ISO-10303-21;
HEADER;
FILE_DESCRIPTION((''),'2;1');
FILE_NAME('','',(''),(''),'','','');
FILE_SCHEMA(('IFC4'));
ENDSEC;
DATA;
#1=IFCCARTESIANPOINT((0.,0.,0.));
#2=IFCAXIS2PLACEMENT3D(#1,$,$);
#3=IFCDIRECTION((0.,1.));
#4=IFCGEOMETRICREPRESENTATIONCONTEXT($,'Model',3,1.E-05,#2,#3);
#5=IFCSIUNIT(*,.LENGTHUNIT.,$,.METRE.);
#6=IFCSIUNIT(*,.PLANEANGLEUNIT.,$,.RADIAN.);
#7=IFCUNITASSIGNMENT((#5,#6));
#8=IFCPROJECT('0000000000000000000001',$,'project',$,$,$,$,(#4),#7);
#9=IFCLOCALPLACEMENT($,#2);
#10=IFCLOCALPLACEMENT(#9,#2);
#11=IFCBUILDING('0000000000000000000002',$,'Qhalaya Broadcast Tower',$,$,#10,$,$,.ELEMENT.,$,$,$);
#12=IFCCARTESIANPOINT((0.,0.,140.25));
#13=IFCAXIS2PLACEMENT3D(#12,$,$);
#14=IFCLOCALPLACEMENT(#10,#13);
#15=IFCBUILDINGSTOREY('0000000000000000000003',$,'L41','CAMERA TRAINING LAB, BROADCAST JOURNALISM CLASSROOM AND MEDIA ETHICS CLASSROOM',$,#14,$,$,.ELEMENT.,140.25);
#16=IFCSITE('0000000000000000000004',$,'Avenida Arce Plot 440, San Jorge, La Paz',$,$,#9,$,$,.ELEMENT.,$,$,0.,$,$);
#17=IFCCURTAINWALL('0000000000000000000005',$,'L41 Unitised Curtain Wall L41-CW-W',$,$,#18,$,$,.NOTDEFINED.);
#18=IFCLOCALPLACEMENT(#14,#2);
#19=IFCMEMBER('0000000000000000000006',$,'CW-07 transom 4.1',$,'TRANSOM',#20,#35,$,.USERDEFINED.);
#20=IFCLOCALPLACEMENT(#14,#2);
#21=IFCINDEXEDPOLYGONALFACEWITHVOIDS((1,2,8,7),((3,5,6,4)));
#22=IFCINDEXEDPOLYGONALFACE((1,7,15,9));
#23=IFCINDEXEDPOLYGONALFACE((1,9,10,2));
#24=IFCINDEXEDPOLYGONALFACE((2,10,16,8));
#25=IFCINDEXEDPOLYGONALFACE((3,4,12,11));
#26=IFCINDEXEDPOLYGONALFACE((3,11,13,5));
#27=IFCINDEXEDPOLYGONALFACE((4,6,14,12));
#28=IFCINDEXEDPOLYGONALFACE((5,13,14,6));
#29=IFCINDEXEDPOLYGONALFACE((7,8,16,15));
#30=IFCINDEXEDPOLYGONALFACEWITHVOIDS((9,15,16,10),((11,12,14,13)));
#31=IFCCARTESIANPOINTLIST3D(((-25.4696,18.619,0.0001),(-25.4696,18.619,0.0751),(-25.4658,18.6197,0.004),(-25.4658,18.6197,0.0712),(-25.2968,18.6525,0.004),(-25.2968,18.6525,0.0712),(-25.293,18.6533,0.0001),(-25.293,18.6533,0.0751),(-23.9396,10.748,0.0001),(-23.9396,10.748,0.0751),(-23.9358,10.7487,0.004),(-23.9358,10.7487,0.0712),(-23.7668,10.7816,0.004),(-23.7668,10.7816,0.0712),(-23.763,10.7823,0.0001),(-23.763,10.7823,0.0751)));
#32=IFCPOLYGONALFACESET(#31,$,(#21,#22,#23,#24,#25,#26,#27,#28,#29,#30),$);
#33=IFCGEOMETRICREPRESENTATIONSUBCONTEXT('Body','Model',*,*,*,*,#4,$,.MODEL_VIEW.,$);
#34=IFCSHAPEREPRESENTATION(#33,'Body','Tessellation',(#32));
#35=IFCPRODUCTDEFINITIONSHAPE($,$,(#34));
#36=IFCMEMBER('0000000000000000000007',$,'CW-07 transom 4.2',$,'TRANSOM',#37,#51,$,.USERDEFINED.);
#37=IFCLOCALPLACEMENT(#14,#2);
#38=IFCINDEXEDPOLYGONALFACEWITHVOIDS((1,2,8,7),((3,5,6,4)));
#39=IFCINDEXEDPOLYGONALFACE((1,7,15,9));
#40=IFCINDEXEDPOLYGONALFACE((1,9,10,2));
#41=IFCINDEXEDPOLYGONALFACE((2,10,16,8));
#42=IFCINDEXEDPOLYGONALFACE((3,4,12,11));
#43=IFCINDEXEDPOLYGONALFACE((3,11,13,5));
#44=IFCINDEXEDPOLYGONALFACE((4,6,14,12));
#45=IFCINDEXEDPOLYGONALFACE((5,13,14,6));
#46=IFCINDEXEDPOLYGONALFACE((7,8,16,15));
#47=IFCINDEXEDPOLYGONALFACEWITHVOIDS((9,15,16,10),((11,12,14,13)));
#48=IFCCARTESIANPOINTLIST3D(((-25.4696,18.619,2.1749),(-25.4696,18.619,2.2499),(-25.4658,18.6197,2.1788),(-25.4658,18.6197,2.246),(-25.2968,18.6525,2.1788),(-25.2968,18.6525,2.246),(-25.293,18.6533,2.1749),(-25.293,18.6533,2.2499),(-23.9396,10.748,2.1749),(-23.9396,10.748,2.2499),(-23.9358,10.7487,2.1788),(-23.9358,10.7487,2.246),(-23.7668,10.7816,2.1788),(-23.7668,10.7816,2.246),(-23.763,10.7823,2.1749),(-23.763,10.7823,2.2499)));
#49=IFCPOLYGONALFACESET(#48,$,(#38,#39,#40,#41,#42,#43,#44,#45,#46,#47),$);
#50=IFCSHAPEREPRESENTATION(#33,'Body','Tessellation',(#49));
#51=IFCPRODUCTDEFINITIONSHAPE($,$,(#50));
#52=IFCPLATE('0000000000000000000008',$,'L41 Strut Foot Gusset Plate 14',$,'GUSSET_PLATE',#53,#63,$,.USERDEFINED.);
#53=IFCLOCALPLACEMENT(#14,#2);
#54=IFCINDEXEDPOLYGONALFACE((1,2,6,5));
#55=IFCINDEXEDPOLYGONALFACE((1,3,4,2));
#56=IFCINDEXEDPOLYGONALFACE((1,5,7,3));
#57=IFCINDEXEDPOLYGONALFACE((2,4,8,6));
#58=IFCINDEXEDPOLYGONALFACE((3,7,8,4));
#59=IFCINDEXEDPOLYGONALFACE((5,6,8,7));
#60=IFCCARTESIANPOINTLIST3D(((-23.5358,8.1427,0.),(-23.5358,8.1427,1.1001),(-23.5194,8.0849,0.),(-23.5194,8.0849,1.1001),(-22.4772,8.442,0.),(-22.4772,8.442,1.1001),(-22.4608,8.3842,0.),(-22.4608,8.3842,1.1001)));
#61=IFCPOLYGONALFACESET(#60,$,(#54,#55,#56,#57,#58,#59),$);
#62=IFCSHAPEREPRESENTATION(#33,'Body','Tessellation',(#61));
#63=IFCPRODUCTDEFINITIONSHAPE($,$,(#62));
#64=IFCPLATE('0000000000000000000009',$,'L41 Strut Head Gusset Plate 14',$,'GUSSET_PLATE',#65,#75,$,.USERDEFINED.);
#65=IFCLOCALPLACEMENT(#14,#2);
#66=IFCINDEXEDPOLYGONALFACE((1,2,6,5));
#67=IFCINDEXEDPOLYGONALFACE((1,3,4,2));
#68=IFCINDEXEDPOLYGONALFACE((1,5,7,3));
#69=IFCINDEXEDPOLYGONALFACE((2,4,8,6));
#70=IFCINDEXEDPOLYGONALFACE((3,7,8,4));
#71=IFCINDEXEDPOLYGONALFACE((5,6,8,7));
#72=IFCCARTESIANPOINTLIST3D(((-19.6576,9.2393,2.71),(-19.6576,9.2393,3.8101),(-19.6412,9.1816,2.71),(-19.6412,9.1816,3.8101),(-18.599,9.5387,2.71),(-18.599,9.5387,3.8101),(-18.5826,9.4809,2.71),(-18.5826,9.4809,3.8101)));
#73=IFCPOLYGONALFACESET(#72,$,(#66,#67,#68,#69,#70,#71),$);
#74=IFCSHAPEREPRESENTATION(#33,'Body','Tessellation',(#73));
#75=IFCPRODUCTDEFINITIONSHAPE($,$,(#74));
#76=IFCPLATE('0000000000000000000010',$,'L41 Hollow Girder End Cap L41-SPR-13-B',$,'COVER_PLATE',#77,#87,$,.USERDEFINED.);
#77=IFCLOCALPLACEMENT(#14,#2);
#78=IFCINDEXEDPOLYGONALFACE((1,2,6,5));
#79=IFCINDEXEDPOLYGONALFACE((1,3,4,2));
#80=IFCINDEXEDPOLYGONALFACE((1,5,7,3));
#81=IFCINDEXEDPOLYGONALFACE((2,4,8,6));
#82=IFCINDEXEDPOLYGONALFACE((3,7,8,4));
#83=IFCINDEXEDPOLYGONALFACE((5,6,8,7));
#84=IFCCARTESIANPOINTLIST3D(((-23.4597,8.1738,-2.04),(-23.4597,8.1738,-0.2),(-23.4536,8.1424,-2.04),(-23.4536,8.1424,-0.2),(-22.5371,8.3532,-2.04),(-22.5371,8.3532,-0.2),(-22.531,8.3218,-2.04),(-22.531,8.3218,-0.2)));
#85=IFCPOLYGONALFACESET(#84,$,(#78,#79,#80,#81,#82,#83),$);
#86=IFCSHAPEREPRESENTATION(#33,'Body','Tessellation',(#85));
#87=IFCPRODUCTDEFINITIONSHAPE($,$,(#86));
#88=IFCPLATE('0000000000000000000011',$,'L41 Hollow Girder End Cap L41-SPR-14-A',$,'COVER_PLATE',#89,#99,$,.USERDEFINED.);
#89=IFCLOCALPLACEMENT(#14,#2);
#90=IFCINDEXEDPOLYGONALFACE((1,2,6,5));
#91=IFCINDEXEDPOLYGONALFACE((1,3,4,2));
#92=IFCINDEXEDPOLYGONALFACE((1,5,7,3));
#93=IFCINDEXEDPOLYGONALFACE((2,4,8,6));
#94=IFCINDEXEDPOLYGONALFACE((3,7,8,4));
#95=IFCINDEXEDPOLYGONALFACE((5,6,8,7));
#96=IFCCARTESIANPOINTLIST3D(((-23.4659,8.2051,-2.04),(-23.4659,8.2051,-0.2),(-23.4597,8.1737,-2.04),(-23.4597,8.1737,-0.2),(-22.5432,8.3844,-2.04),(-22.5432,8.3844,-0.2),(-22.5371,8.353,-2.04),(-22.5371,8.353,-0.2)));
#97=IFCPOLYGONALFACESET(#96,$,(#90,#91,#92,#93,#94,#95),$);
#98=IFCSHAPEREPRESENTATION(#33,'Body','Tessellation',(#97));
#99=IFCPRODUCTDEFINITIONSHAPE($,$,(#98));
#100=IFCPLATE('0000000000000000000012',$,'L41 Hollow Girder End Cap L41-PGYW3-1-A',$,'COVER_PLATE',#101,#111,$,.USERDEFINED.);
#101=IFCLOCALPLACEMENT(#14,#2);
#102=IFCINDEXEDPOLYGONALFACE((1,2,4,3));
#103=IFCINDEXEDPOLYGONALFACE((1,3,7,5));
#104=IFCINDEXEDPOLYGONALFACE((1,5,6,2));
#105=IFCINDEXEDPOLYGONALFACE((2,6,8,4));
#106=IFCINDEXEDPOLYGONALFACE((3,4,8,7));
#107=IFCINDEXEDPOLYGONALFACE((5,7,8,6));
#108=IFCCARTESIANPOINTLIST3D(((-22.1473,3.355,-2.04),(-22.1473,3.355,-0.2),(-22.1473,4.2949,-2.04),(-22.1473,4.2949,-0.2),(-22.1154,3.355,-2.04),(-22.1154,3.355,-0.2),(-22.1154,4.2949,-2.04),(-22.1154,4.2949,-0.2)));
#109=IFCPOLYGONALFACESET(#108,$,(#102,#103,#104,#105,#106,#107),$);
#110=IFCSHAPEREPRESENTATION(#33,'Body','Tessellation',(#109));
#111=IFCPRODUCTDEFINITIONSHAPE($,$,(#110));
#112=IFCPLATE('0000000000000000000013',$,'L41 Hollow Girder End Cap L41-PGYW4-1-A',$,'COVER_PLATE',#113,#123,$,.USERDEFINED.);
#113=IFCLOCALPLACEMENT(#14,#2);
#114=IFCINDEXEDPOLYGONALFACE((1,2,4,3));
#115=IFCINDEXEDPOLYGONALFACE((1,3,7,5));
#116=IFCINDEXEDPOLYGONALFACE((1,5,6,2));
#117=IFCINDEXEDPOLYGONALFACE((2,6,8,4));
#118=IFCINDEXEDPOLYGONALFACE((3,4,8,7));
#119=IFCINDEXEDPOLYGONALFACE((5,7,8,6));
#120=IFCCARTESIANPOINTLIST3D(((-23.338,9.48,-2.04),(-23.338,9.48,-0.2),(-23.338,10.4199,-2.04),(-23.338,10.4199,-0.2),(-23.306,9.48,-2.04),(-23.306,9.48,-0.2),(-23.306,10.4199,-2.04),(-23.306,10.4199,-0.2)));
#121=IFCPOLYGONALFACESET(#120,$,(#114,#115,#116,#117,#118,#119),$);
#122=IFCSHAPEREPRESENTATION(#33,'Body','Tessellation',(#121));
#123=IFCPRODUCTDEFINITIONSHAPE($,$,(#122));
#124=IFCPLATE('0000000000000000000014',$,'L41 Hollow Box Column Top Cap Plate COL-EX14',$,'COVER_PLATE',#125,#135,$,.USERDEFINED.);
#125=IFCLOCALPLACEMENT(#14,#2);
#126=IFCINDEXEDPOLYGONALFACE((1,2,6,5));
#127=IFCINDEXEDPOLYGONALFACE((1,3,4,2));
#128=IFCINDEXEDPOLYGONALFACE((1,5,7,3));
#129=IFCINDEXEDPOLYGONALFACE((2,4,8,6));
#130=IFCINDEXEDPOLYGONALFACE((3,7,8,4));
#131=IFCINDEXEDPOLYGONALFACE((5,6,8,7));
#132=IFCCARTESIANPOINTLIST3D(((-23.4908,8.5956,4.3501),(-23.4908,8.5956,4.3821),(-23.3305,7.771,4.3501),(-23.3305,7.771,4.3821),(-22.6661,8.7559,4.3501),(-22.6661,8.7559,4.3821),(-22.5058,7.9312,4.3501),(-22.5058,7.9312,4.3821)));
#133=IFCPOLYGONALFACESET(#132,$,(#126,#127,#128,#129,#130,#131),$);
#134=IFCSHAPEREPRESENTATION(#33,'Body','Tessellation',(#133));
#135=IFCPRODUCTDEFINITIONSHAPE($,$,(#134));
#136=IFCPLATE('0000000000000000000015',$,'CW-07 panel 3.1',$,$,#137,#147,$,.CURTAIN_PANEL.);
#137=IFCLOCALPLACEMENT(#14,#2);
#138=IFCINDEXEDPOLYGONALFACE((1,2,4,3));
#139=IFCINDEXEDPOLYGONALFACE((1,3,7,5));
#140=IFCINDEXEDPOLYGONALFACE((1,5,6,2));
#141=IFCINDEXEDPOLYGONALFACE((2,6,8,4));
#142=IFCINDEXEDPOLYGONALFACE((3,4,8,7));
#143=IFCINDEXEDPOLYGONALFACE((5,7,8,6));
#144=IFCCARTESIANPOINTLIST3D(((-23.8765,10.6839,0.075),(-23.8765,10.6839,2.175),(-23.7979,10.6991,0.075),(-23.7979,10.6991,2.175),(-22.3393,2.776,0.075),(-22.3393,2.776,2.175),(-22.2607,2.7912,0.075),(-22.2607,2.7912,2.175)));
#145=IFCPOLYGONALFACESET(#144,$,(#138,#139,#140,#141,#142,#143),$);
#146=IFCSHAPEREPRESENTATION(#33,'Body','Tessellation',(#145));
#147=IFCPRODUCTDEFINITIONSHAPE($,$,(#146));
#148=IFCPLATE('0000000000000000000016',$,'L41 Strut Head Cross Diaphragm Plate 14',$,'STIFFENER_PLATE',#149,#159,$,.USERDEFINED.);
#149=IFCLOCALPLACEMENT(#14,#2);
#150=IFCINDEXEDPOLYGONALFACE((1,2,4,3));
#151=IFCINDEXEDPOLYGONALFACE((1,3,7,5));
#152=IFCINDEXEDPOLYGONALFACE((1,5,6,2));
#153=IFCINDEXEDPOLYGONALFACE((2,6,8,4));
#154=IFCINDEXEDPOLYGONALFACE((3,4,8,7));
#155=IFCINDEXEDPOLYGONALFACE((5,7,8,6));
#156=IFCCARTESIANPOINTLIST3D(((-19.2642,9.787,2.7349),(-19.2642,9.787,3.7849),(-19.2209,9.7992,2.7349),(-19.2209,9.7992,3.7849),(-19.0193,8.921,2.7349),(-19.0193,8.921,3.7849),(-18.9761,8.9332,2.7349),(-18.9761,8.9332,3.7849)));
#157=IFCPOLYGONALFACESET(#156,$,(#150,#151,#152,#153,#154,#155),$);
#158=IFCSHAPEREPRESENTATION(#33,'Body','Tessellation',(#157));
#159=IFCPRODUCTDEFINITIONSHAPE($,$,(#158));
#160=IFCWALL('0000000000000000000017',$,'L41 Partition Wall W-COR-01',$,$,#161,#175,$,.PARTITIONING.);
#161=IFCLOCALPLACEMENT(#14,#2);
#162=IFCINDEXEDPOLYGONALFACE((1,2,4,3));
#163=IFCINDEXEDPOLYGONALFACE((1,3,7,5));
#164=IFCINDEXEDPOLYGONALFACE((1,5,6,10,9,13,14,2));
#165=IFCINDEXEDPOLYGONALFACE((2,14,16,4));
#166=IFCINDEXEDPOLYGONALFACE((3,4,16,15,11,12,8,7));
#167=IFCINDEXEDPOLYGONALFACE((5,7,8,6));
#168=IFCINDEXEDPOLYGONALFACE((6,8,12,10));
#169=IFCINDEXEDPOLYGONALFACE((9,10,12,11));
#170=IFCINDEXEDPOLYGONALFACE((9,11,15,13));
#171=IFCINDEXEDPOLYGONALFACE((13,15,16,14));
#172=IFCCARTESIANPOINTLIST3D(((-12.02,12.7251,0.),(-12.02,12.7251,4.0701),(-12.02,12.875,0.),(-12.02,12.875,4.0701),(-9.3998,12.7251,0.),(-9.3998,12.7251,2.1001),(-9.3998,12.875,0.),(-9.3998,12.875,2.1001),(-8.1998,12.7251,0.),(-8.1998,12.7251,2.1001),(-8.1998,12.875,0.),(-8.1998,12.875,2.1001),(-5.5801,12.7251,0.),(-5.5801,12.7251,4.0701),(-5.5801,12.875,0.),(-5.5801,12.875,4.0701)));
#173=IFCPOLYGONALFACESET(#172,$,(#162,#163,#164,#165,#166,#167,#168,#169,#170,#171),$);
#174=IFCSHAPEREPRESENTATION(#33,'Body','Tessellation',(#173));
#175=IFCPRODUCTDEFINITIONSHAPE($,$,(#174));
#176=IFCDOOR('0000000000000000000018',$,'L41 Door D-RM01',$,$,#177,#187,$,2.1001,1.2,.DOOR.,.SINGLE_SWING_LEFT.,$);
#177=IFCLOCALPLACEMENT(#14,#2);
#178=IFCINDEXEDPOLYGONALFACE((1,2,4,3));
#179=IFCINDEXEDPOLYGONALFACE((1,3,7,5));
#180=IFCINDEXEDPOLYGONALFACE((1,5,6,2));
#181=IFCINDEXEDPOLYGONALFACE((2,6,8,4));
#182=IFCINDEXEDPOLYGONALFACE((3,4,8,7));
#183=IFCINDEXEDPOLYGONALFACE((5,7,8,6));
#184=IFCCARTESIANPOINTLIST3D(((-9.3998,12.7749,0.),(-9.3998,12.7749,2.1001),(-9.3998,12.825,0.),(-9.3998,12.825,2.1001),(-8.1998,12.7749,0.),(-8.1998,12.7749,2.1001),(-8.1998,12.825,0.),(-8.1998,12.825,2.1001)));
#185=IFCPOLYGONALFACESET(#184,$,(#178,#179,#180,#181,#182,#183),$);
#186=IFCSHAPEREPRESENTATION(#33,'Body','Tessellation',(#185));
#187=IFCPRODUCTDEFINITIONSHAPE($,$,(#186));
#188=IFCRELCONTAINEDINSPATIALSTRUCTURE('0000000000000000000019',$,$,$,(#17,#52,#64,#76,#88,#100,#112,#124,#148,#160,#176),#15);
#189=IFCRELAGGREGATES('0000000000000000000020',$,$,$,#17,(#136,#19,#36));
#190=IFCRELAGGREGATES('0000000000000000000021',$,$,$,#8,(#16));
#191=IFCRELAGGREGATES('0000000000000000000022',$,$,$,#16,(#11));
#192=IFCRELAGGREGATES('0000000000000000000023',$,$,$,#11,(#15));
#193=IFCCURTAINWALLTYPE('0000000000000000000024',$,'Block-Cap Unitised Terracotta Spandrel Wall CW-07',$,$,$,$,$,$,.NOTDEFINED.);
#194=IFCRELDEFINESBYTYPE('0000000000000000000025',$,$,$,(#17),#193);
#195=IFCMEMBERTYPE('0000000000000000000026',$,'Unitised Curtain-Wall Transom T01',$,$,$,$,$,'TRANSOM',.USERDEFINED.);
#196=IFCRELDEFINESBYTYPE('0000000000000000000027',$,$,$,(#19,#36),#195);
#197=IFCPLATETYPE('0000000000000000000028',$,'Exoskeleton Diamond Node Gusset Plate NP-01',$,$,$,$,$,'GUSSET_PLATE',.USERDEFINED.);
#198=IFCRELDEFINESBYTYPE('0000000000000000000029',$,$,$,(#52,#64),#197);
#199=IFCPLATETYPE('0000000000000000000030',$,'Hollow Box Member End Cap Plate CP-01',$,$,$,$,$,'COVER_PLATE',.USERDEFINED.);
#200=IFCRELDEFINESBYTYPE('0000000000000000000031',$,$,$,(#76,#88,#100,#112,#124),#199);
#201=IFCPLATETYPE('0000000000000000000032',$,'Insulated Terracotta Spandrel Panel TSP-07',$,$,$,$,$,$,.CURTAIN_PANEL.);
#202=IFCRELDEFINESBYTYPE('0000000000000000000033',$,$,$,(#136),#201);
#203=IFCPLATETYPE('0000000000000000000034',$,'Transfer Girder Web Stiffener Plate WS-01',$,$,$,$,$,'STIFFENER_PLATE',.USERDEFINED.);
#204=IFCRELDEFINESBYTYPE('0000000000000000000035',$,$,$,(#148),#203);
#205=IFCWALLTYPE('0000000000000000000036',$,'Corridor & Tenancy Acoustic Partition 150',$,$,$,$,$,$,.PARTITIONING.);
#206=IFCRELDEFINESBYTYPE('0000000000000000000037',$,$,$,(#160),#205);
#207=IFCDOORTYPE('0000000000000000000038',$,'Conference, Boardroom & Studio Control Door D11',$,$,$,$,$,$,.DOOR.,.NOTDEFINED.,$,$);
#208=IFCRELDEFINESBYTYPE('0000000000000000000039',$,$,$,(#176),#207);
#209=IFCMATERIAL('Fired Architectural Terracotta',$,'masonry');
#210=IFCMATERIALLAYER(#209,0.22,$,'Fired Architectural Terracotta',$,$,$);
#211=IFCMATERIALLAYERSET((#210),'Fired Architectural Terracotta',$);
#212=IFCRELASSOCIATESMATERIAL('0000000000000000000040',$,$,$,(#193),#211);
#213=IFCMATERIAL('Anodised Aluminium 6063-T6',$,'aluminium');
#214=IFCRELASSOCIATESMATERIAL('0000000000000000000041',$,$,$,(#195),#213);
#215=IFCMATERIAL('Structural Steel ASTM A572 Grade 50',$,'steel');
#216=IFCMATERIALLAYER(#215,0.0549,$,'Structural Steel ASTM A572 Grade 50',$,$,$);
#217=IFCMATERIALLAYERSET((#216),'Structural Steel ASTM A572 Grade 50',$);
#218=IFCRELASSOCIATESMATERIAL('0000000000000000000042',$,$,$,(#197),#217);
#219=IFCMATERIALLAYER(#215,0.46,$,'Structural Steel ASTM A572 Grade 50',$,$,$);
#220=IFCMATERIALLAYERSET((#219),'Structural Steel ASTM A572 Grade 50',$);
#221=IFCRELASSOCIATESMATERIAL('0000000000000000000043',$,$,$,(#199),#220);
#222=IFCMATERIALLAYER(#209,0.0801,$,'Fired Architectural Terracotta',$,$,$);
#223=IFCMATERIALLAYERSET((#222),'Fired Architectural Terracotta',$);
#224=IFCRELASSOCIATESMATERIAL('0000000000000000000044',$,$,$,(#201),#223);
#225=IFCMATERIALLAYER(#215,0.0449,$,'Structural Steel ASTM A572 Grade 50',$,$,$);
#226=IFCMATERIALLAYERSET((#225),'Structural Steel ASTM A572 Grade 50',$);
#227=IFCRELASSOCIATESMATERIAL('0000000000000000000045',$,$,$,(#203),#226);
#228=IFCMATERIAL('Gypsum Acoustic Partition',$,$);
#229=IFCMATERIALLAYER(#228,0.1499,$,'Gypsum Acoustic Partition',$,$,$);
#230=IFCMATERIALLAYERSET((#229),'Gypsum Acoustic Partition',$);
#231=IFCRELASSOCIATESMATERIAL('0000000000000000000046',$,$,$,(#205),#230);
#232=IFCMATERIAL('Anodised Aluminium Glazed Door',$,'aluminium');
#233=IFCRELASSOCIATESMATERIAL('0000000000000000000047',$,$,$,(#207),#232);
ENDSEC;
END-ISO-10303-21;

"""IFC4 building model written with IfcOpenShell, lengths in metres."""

from ifc_helpers import new_model, si_unit, direction, frame, frame_2d, origin, origin_2d, place, context, subcontext, project, spatial, rectangle, hollow_rectangle, extrude, material, layer, layer_set, material_profile, profile_set, type_object, element, fill, aggregate, save


model = new_model("IFC4")

# Units and contexts
model_context = context("Model", 3, precision=1e-05, world=origin(), true_north=direction((0.0, 1.0)))
body_context = subcontext(model_context, "Body", "Model", "MODEL_VIEW")
ifc_project = project(units=[si_unit("LENGTHUNIT", "METRE"), si_unit("PLANEANGLEUNIT", "RADIAN")], contexts=[model_context])

# Site, building, storey
site_placement = place(None, origin())
site = spatial("IfcSite", under=ifc_project, at=site_placement, Name="Avenida Arce Plot 440, San Jorge, La Paz", CompositionType="ELEMENT", RefElevation=0.0)
building_placement = place(site_placement, origin())
building = spatial("IfcBuilding", under=site, at=building_placement, Name="Qhalaya Broadcast Tower", CompositionType="ELEMENT")
storey_placement = place(building_placement, frame((0.0, 0.0, 140.25)))
storey = spatial("IfcBuildingStorey", under=building, at=storey_placement, Name="L41", Description="CAMERA TRAINING LAB, BROADCAST JOURNALISM CLASSROOM AND MEDIA ETHICS CLASSROOM", CompositionType="ELEMENT", Elevation=140.25)

# Shared definitions
ifc_material_1 = material(Name="Structural Steel ASTM A572 Grade 50", Category="steel")

# Curtain wall, members
ifc_material_2 = material(Name="Fired Architectural Terracotta", Category="masonry")
ifc_layer_1 = layer(ifc_material_2, 0.22, Name="Fired Architectural Terracotta")
ifc_layer_set_1 = layer_set([ifc_layer_1], Name="Fired Architectural Terracotta")
curtain_wall_type = type_object("IfcCurtainWallType", Name="Block-Cap Unitised Terracotta Spandrel Wall CW-07", PredefinedType="NOTDEFINED", material=ifc_layer_set_1)
curtain_wall_placement = place(storey_placement, origin())
curtain_wall = element("IfcCurtainWall", 1, at=curtain_wall_placement, inside=storey, type_object=curtain_wall_type, Name="L41 Unitised Curtain Wall L41-CW-W", PredefinedType="NOTDEFINED")
ifc_material_3 = material(Name="Anodised Aluminium 6063-T6", Category="aluminium")
ifc_material_profile_1 = material_profile(ifc_material_3, hollow_rectangle(XDim=0.075, YDim=0.1799, WallThickness=0.0039, at=origin_2d()), Name="ALU-TRN 75x180x4")
ifc_profile_set_1 = profile_set([ifc_material_profile_1], Name="Anodised Aluminium 6063-T6")
member_type_1 = type_object("IfcMemberType", Name="Unitised Curtain-Wall Transom T01", ElementType="TRANSOM", PredefinedType="USERDEFINED", material=ifc_profile_set_1)
member_1_placement = place(storey_placement, frame((-23.8513, 10.7651, 0.0376), z_axis=(-0.190814, 0.981626, 0.0), x_axis=(0.0, 0.0, 1.0)))
member_1 = element("IfcMember", 2, at=member_1_placement, type_object=member_type_1, Name="CW-07 transom 4.1", ObjectType="TRANSOM", PredefinedType="USERDEFINED", context=body_context, shape_type="SweptSolid", body=[
    extrude(hollow_rectangle(XDim=0.075, YDim=0.1799, WallThickness=0.0039, at=origin_2d()), origin(), (0.0, 0.0, 1.0), 8.0183),
])
member_2_placement = place(storey_placement, frame((-23.8513, 10.7651, 2.2124), z_axis=(-0.190814, 0.981626, 0.0), x_axis=(0.0, 0.0, 1.0)))
member_2 = element("IfcMember", 3, at=member_2_placement, type_object=member_type_1, Name="CW-07 transom 4.2", ObjectType="TRANSOM", PredefinedType="USERDEFINED", context=body_context, shape_type="SweptSolid", body=[
    extrude(hollow_rectangle(XDim=0.075, YDim=0.1799, WallThickness=0.0039, at=origin_2d()), origin(), (0.0, 0.0, 1.0), 8.0183),
])

# Plates
ifc_layer_2 = layer(ifc_material_1, 0.0549, Name="Structural Steel ASTM A572 Grade 50")
ifc_layer_set_2 = layer_set([ifc_layer_2], Name="Structural Steel ASTM A572 Grade 50")
plate_type_1 = type_object("IfcPlateType", Name="Exoskeleton Diamond Node Gusset Plate NP-01", ElementType="GUSSET_PLATE", PredefinedType="USERDEFINED", material=ifc_layer_set_2)
for number, where, z_axis, x_axis, name in (
    (4, (-22.9983, 8.2634, 0.0), (0.0, 0.0, 1.0), (0.962275, 0.272079, 0.0), "L41 Strut Foot Gusset Plate 14"),
    (5, (-19.1201, 9.3601, 2.71), (0.0, 0.0, 1.0), (0.962275, 0.272079, 0.0), "L41 Strut Head Gusset Plate 14"),
):
    element("IfcPlate", number, at=place(storey_placement, frame(where, z_axis=z_axis, x_axis=x_axis)), inside=storey, type_object=plate_type_1, Name=name, ObjectType="GUSSET_PLATE", PredefinedType="USERDEFINED", context=body_context, shape_type="SweptSolid", body=[
        extrude(rectangle(XDim=1.1001, YDim=0.0601, at=origin_2d()), origin(), (0.0, 0.0, 1.0), 1.1001),
    ])
ifc_layer_3 = layer(ifc_material_1, 0.46, Name="Structural Steel ASTM A572 Grade 50")
ifc_layer_set_3 = layer_set([ifc_layer_3], Name="Structural Steel ASTM A572 Grade 50")
plate_type_2 = type_object("IfcPlateType", Name="Hollow Box Member End Cap Plate CP-01", ElementType="COVER_PLATE", PredefinedType="USERDEFINED", material=ifc_layer_set_3)
for number, where, z_axis, x_axis, name in (
    (6, (-22.9954, 8.2478, -2.04), (0.0, 0.0, 1.0), (0.981627, 0.190809, 0.0), "L41 Hollow Girder End Cap L41-SPR-13-B"),
    (7, (-23.0015, 8.2791, -2.04), (0.0, 0.0, 1.0), (0.981627, 0.190809, 0.0), "L41 Hollow Girder End Cap L41-SPR-14-A"),
    (8, (-22.1313, 3.825, -2.04), (0.0, 0.0, 1.0), (0.0, 1.0, 0.0), "L41 Hollow Girder End Cap L41-PGYW3-1-A"),
    (9, (-23.322, 9.95, -2.04), (0.0, 0.0, 1.0), (0.0, 1.0, 0.0), "L41 Hollow Girder End Cap L41-PGYW4-1-A"),
):
    element("IfcPlate", number, at=place(storey_placement, frame(where, z_axis=z_axis, x_axis=x_axis)), inside=storey, type_object=plate_type_2, Name=name, ObjectType="COVER_PLATE", PredefinedType="USERDEFINED", context=body_context, shape_type="SweptSolid", body=[
        extrude(rectangle(XDim=0.9399, YDim=0.032, at=origin_2d()), origin(), (0.0, 0.0, 1.0), 1.8401),
    ])
plate_1_placement = place(storey_placement, frame((-22.9983, 8.2634, 4.3501), z_axis=(0.0, 0.0, 1.0), x_axis=(-0.190809, 0.981627, 0.0)))
element("IfcPlate", 10, at=plate_1_placement, inside=storey, type_object=plate_type_2, Name="L41 Hollow Box Column Top Cap Plate COL-EX14", ObjectType="COVER_PLATE", PredefinedType="USERDEFINED", context=body_context, shape_type="SweptSolid", body=[
    extrude(rectangle(XDim=0.8401, YDim=0.8401, at=origin_2d()), origin(), (0.0, 0.0, 1.0), 0.032),
])

# Plates
ifc_layer_4 = layer(ifc_material_2, 0.0801, Name="Fired Architectural Terracotta")
ifc_layer_set_4 = layer_set([ifc_layer_4], Name="Fired Architectural Terracotta")
plate_type_3 = type_object("IfcPlateType", Name="Insulated Terracotta Spandrel Panel TSP-07", PredefinedType="CURTAIN_PANEL", material=ifc_layer_set_4)
plate_2_placement = place(storey_placement, frame((-23.0686, 6.7375, 0.075), z_axis=(0.0, 0.0, 1.0), x_axis=(-0.19081, 0.981627, 0.0)))
plate_2 = element("IfcPlate", 11, at=plate_2_placement, type_object=plate_type_3, Name="CW-07 panel 3.1", PredefinedType="CURTAIN_PANEL", context=body_context, shape_type="SweptSolid", body=[
    extrude(rectangle(XDim=8.0559, YDim=0.0801, at=origin_2d()), origin(), (0.0, 0.0, 1.0), 2.1001),
])
aggregate(curtain_wall, [plate_2, member_1, member_2])
ifc_layer_5 = layer(ifc_material_1, 0.0449, Name="Structural Steel ASTM A572 Grade 50")
ifc_layer_set_5 = layer_set([ifc_layer_5], Name="Structural Steel ASTM A572 Grade 50")
plate_type_4 = type_object("IfcPlateType", Name="Transfer Girder Web Stiffener Plate WS-01", ElementType="STIFFENER_PLATE", PredefinedType="USERDEFINED", material=ifc_layer_set_5)
plate_3_placement = place(storey_placement, frame((-19.1201, 9.3601, 2.7349), z_axis=(0.0, 0.0, 1.0), x_axis=(-0.272079, 0.962275, 0.0)))
element("IfcPlate", 12, at=plate_3_placement, inside=storey, type_object=plate_type_4, Name="L41 Strut Head Cross Diaphragm Plate 14", ObjectType="STIFFENER_PLATE", PredefinedType="USERDEFINED", context=body_context, shape_type="SweptSolid", body=[
    extrude(rectangle(XDim=0.8999, YDim=0.0449, at=origin_2d()), origin(), (0.0, 0.0, 1.0), 1.05),
])

# Wall, opening, door
ifc_material_4 = material(Name="Gypsum Acoustic Partition")
ifc_layer_6 = layer(ifc_material_4, 0.1499, Name="Gypsum Acoustic Partition")
ifc_layer_set_6 = layer_set([ifc_layer_6], Name="Gypsum Acoustic Partition")
wall_type_1 = type_object("IfcWallType", Name="Corridor & Tenancy Acoustic Partition 150", PredefinedType="PARTITIONING", material=ifc_layer_set_6)
wall_1_placement = place(storey_placement, frame((-12.02, 12.8, 0.0), z_axis=(0.0, 0.0, 1.0), x_axis=(1.0, 0.0, 0.0)))
wall_1 = element("IfcWall", 13, at=wall_1_placement, inside=storey, type_object=wall_type_1, Name="L41 Partition Wall W-COR-01", PredefinedType="PARTITIONING", context=body_context, shape_type="SweptSolid", body=[
    extrude(rectangle(XDim=6.4399, YDim=0.1499, at=frame_2d((3.22, 0.0))), origin(), (0.0, 0.0, 1.0), 4.0701),
])
opening_1_placement = place(wall_1_placement, frame((2.6201, 0.0, 0.0)))
opening_1 = element("IfcOpeningElement", 14, at=opening_1_placement, cuts=wall_1, PredefinedType="OPENING", context=body_context, shape_type="SweptSolid", body=[
    extrude(rectangle(XDim=1.2, YDim=2.1001, at=frame_2d((0.6001, 1.05))), frame((0.0, 0.0869, 0.0), z_axis=(0.0, -1.0, 0.0), x_axis=(1.0, 0.0, 0.0)), (0.0, 0.0, 1.0), 0.1738),
])
ifc_material_5 = material(Name="Anodised Aluminium Glazed Door", Category="aluminium")
door_type_1 = type_object("IfcDoorType", Name="Conference, Boardroom & Studio Control Door D11", OperationType="NOTDEFINED", PredefinedType="DOOR", material=ifc_material_5)
door_1_placement = place(opening_1_placement, origin())
door_1 = element("IfcDoor", 15, at=door_1_placement, inside=storey, type_object=door_type_1, Name="L41 Door D-RM01", OperationType="SINGLE_SWING_LEFT", OverallHeight=2.1001, OverallWidth=1.2, PredefinedType="DOOR", context=body_context, shape_type="SweptSolid", body=[
    extrude(rectangle(XDim=1.2, YDim=2.1001, at=frame_2d((0.6001, 1.05))), frame((0.0, 0.0249, 0.0), z_axis=(0.0, -1.0, 0.0), x_axis=(1.0, 0.0, 0.0)), (0.0, 0.0, 1.0), 0.05),
])
fill(opening_1, door_1)

save(model, "model.ifc")
